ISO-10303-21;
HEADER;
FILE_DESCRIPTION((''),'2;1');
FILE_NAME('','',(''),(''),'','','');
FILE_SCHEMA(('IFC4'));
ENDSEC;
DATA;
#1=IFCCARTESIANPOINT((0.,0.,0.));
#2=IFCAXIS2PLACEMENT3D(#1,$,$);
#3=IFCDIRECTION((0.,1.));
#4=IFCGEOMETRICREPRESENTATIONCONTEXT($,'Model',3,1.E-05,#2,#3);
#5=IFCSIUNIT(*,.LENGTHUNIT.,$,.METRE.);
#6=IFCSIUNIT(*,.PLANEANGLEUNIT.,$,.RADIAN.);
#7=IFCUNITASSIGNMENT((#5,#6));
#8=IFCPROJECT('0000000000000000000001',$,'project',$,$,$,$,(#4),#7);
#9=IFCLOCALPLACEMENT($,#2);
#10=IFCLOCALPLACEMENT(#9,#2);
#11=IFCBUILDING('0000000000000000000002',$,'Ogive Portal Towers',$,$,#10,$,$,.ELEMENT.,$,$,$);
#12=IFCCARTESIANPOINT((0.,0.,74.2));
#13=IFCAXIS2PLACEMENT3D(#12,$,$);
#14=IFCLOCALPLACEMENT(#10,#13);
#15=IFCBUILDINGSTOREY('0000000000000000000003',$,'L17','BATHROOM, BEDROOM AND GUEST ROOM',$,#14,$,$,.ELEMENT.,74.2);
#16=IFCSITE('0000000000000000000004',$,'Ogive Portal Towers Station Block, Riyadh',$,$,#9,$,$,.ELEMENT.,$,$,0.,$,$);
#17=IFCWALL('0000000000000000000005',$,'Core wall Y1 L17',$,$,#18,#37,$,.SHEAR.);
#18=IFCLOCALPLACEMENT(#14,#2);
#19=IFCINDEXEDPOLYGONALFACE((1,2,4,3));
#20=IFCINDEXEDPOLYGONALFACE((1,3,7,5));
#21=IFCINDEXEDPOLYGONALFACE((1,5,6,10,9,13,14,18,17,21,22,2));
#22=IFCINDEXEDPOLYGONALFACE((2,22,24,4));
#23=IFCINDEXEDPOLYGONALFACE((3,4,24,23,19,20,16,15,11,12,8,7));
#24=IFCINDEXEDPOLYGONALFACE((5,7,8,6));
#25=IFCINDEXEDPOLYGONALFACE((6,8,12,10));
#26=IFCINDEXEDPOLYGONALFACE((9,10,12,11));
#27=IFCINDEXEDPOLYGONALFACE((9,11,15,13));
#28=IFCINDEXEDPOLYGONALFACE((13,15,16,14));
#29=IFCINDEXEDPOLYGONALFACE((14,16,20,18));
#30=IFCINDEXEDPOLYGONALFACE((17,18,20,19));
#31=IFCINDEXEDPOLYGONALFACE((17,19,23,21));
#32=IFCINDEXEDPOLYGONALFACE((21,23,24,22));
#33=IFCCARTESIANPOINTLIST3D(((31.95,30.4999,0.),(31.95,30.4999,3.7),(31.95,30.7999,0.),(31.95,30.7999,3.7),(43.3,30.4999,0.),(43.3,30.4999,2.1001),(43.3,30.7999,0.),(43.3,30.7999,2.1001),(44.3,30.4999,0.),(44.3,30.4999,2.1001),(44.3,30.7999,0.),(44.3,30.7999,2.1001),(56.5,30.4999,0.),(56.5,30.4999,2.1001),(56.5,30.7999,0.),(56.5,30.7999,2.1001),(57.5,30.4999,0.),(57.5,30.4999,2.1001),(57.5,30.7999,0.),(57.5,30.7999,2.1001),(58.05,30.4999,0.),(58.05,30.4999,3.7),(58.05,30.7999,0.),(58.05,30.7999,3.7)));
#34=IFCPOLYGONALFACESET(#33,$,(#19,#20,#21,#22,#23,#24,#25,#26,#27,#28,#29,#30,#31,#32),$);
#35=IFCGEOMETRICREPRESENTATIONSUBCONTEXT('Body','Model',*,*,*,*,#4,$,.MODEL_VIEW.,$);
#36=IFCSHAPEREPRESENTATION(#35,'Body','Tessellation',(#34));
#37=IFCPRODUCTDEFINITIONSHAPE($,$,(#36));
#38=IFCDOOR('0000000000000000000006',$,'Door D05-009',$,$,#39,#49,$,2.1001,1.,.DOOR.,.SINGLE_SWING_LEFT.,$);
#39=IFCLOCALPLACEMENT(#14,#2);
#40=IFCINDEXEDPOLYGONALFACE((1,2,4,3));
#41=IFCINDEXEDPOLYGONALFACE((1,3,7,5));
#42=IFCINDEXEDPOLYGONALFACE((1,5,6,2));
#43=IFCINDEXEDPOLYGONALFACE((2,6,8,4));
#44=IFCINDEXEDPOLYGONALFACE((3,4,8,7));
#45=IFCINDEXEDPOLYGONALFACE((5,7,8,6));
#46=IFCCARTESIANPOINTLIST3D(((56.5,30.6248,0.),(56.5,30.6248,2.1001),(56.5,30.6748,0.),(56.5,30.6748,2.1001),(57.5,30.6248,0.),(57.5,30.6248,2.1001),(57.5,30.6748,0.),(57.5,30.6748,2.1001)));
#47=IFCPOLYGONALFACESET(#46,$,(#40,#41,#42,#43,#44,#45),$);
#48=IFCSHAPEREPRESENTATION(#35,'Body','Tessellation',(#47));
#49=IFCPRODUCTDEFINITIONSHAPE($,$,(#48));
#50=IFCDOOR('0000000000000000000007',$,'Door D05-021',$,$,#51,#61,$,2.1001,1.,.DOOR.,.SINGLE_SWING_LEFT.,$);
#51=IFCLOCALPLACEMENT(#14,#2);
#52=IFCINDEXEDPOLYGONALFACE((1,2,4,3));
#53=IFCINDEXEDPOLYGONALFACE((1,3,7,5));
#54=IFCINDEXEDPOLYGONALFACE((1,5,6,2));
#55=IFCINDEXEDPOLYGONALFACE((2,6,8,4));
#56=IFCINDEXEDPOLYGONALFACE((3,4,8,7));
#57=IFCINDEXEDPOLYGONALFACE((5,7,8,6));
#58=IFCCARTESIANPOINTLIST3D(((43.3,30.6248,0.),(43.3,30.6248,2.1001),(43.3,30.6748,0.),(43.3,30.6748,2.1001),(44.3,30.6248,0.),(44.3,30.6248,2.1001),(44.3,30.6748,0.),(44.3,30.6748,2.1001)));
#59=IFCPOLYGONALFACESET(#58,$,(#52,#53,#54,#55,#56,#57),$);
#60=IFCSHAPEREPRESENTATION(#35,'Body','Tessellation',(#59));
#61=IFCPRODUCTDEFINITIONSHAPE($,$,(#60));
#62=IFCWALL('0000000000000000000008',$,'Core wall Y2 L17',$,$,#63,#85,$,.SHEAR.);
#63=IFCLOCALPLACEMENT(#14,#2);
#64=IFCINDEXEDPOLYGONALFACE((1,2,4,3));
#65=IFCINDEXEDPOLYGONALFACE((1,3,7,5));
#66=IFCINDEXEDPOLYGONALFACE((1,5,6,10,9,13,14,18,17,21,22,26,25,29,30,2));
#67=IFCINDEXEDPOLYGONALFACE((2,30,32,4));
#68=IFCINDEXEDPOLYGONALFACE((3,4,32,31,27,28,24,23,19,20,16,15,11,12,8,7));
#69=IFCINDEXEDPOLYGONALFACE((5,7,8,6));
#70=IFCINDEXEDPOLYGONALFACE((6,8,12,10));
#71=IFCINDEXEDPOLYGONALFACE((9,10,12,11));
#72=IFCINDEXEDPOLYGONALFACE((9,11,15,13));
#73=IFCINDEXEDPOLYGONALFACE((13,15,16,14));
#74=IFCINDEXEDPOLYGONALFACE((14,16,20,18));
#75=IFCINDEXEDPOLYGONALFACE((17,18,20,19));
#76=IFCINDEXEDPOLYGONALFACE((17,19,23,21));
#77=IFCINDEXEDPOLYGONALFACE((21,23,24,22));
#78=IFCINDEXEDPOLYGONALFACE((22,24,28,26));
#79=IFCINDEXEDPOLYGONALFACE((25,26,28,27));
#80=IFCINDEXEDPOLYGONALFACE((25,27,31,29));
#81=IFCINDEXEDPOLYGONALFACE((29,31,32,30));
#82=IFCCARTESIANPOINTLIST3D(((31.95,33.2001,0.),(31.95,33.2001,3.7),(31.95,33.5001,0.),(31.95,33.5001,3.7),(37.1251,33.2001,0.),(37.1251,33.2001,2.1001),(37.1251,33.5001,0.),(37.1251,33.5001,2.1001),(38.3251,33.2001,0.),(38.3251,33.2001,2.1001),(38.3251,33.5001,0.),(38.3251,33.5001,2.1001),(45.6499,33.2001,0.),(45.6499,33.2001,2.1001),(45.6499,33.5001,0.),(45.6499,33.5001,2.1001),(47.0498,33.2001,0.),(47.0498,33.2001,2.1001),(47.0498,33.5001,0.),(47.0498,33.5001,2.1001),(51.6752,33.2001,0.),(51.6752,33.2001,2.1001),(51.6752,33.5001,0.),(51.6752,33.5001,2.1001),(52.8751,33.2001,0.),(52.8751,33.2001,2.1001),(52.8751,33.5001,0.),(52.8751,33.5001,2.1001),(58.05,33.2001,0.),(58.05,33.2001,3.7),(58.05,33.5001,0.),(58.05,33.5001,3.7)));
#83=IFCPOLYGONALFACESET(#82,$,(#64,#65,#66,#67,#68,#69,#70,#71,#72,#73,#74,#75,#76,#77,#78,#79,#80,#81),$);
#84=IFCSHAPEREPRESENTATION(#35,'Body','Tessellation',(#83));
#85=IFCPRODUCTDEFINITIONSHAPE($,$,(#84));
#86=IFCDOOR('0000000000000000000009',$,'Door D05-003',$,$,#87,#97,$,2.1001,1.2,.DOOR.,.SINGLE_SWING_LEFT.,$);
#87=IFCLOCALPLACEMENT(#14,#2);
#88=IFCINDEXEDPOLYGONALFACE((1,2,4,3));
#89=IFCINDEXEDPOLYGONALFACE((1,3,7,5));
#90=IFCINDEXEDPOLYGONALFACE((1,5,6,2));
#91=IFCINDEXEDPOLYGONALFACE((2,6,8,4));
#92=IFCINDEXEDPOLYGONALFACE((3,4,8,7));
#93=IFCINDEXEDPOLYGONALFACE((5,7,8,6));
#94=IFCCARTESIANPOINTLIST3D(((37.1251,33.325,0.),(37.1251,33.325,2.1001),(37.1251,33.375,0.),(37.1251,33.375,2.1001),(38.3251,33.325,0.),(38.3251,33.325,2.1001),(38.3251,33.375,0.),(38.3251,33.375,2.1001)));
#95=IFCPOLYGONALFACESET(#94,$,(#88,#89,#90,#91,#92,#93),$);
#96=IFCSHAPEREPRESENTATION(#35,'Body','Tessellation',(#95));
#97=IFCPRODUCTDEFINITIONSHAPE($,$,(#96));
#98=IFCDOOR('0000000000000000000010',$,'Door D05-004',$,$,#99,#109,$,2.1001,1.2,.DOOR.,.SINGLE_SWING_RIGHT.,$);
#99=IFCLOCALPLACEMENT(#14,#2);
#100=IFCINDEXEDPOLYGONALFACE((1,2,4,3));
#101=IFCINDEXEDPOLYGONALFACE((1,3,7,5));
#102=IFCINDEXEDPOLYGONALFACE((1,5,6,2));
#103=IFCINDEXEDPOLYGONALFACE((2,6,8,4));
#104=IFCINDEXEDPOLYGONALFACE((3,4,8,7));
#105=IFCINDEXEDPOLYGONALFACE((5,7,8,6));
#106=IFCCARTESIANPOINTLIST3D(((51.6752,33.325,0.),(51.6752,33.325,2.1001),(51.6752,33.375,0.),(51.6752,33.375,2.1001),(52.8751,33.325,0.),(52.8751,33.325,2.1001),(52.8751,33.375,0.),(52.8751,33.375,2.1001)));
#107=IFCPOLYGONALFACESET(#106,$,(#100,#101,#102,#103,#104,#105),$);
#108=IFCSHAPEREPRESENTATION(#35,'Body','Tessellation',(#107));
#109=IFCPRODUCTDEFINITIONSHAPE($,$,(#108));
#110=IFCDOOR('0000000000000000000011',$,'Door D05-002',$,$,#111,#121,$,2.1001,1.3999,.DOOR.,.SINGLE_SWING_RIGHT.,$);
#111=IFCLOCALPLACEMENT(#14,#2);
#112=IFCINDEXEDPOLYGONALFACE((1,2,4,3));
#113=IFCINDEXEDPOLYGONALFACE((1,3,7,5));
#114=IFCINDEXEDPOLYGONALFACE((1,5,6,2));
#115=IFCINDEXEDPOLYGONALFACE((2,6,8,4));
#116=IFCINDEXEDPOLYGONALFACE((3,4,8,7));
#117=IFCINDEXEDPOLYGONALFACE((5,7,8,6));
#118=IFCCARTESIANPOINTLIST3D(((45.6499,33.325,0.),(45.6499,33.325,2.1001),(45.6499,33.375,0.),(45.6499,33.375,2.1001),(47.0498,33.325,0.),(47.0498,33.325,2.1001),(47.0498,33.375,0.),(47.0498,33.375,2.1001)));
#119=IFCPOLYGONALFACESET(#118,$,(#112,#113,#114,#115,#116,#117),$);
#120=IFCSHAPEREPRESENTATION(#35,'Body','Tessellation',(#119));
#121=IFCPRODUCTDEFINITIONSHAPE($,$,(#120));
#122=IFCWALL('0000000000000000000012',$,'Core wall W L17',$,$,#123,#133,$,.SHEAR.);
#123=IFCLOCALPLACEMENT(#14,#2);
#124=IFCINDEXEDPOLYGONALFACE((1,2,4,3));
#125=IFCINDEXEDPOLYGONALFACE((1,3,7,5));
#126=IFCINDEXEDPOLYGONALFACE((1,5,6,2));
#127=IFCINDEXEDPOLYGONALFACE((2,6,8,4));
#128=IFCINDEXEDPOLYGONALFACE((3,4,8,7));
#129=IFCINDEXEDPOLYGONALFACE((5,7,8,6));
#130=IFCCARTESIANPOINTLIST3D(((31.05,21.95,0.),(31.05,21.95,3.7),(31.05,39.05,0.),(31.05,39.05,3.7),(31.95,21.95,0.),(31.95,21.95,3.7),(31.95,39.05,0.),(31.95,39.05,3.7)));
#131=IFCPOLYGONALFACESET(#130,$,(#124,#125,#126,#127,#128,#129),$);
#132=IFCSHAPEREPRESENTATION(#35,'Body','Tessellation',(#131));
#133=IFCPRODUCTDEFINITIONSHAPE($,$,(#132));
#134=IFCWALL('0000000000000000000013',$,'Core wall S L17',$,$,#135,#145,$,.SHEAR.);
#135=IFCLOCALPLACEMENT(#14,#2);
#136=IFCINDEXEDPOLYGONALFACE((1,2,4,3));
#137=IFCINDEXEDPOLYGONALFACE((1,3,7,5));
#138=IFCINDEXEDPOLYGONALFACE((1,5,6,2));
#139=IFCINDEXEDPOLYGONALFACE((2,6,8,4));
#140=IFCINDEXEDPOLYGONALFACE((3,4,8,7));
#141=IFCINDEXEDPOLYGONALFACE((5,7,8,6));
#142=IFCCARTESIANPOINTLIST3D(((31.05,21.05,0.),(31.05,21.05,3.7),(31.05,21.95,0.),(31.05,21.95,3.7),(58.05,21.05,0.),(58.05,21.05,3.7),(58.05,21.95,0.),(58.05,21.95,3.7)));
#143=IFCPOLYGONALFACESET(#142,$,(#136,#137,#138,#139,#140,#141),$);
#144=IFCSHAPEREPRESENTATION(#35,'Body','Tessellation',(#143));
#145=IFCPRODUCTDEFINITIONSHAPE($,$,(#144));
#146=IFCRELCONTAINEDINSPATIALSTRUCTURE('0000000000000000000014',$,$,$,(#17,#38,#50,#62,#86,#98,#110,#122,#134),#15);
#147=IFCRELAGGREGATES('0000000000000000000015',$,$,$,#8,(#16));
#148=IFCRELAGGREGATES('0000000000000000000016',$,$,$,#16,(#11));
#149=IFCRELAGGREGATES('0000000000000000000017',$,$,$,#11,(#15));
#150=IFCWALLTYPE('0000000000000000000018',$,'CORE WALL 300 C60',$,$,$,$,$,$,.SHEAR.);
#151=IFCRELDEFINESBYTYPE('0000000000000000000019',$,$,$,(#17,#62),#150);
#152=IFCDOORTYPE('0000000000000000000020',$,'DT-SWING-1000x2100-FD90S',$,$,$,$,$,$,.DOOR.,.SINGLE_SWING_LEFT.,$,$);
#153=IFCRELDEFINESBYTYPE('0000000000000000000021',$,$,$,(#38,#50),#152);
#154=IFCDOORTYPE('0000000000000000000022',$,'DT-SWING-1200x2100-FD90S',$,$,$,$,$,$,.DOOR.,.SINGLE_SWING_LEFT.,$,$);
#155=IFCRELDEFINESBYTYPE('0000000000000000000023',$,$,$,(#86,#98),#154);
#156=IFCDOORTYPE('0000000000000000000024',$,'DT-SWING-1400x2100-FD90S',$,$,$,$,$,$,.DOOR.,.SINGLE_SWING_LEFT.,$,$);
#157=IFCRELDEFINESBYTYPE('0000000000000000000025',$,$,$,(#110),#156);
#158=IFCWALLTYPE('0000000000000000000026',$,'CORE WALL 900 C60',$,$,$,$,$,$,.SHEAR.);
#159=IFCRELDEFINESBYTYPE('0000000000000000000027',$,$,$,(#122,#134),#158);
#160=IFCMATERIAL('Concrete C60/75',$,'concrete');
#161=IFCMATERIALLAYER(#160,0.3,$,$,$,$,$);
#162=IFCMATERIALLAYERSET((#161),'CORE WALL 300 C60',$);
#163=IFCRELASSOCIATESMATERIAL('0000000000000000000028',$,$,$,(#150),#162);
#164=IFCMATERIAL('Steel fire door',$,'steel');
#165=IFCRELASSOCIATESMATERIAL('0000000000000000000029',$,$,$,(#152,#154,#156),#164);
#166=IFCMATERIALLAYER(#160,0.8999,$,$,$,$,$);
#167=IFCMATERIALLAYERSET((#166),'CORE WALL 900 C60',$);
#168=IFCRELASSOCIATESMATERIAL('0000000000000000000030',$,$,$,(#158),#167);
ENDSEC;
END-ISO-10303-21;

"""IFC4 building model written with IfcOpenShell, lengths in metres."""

from ifc_helpers import new_model, si_unit, direction, frame, frame_2d, origin, place, context, subcontext, project, spatial, rectangle, extrude, material, layer, layer_set, type_object, element, fill, save


model = new_model("IFC4")

# Units and contexts
model_context = context("Model", 3, precision=1e-05, world=origin(), true_north=direction((0.0, 1.0)))
body_context = subcontext(model_context, "Body", "Model", "MODEL_VIEW")
ifc_project = project(units=[si_unit("LENGTHUNIT", "METRE"), si_unit("PLANEANGLEUNIT", "RADIAN")], contexts=[model_context])

# Site, building, storey
site_placement = place(None, origin())
site = spatial("IfcSite", under=ifc_project, at=site_placement, Name="Ogive Portal Towers Station Block, Riyadh", CompositionType="ELEMENT", RefElevation=0.0)
building_placement = place(site_placement, origin())
building = spatial("IfcBuilding", under=site, at=building_placement, Name="Ogive Portal Towers", CompositionType="ELEMENT")
storey_placement = place(building_placement, frame((0.0, 0.0, 74.2)))
storey = spatial("IfcBuildingStorey", under=building, at=storey_placement, Name="L17", Description="BATHROOM, BEDROOM AND GUEST ROOM", CompositionType="ELEMENT", Elevation=74.2)

# Walls, openings, doors
ifc_material_1 = material(Name="Concrete C60/75", Category="concrete")
ifc_layer_1 = layer(ifc_material_1, 0.3)
ifc_layer_set_1 = layer_set([ifc_layer_1], Name="CORE WALL 300 C60")
wall_type_1 = type_object("IfcWallType", Name="CORE WALL 300 C60", PredefinedType="SHEAR", material=ifc_layer_set_1)
wall_1_placement = place(storey_placement, frame((31.95, 30.6499, 0.0), z_axis=(0.0, 0.0, 1.0), x_axis=(1.0, 0.0, 0.0)))
wall_1 = element("IfcWall", 1, at=wall_1_placement, inside=storey, type_object=wall_type_1, Name="Core wall Y1 L17", PredefinedType="SHEAR", context=body_context, shape_type="SweptSolid", body=[
    extrude(rectangle(XDim=26.1001, YDim=0.3, at=frame_2d((13.05, 0.0))), origin(), (0.0, 0.0, 1.0), 3.7),
])
opening_1_placement = place(wall_1_placement, frame((24.55, 0.0, 0.0)))
opening_1 = element("IfcOpeningElement", 2, at=opening_1_placement, cuts=wall_1, PredefinedType="OPENING", context=body_context, shape_type="SweptSolid", body=[
    extrude(rectangle(XDim=1.0, YDim=2.1001, at=frame_2d((0.5, 1.05))), frame((0.0, 0.1602, 0.0), z_axis=(0.0, -1.0, 0.0), x_axis=(1.0, 0.0, 0.0)), (0.0, 0.0, 1.0), 0.3201),
])
opening_2_placement = place(wall_1_placement, frame((11.3501, 0.0, 0.0)))
opening_2 = element("IfcOpeningElement", 3, at=opening_2_placement, cuts=wall_1, PredefinedType="OPENING", context=body_context, shape_type="SweptSolid", body=[
    extrude(rectangle(XDim=1.0, YDim=2.1001, at=frame_2d((0.5, 1.05))), frame((0.0, 0.1602, 0.0), z_axis=(0.0, -1.0, 0.0), x_axis=(1.0, 0.0, 0.0)), (0.0, 0.0, 1.0), 0.3201),
])
ifc_material_2 = material(Name="Steel fire door", Category="steel")
door_type_1 = type_object("IfcDoorType", Name="DT-SWING-1000x2100-FD90S", OperationType="SINGLE_SWING_LEFT", PredefinedType="DOOR", material=ifc_material_2)
door_1_placement = place(opening_1_placement, origin())
door_1 = element("IfcDoor", 4, at=door_1_placement, inside=storey, type_object=door_type_1, Name="Door D05-009", OperationType="SINGLE_SWING_LEFT", OverallHeight=2.1001, OverallWidth=1.0, PredefinedType="DOOR", context=body_context, shape_type="SweptSolid", body=[
    extrude(rectangle(XDim=1.0, YDim=2.1001, at=frame_2d((0.5, 1.05))), frame((0.0, 0.0249, 0.0), z_axis=(0.0, -1.0, 0.0), x_axis=(1.0, 0.0, 0.0)), (0.0, 0.0, 1.0), 0.05),
])
fill(opening_1, door_1)
door_2_placement = place(opening_2_placement, origin())
door_2 = element("IfcDoor", 5, at=door_2_placement, inside=storey, type_object=door_type_1, Name="Door D05-021", OperationType="SINGLE_SWING_LEFT", OverallHeight=2.1001, OverallWidth=1.0, PredefinedType="DOOR", context=body_context, shape_type="SweptSolid", body=[
    extrude(rectangle(XDim=1.0, YDim=2.1001, at=frame_2d((0.5, 1.05))), frame((0.0, 0.0249, 0.0), z_axis=(0.0, -1.0, 0.0), x_axis=(1.0, 0.0, 0.0)), (0.0, 0.0, 1.0), 0.05),
])
fill(opening_2, door_2)
wall_2_placement = place(storey_placement, frame((31.95, 33.3501, 0.0), z_axis=(0.0, 0.0, 1.0), x_axis=(1.0, 0.0, 0.0)))
wall_2 = element("IfcWall", 6, at=wall_2_placement, inside=storey, type_object=wall_type_1, Name="Core wall Y2 L17", PredefinedType="SHEAR", context=body_context, shape_type="SweptSolid", body=[
    extrude(rectangle(XDim=26.1001, YDim=0.3, at=frame_2d((13.05, 0.0))), origin(), (0.0, 0.0, 1.0), 3.7),
])
opening_3_placement = place(wall_2_placement, frame((13.7, 0.0, 0.0)))
opening_3 = element("IfcOpeningElement", 7, at=opening_3_placement, cuts=wall_2, PredefinedType="OPENING", context=body_context, shape_type="SweptSolid", body=[
    extrude(rectangle(XDim=1.3999, YDim=2.1001, at=frame_2d((0.7, 1.05))), frame((0.0, 0.1602, 0.0), z_axis=(0.0, -1.0, 0.0), x_axis=(1.0, 0.0, 0.0)), (0.0, 0.0, 1.0), 0.3201),
])
opening_4_placement = place(wall_2_placement, frame((5.175, 0.0, 0.0)))
opening_4 = element("IfcOpeningElement", 8, at=opening_4_placement, cuts=wall_2, PredefinedType="OPENING", context=body_context, shape_type="SweptSolid", body=[
    extrude(rectangle(XDim=1.2, YDim=2.1001, at=frame_2d((0.6001, 1.05))), frame((0.0, 0.1602, 0.0), z_axis=(0.0, -1.0, 0.0), x_axis=(1.0, 0.0, 0.0)), (0.0, 0.0, 1.0), 0.3201),
])
opening_5_placement = place(wall_2_placement, frame((19.7251, 0.0, 0.0)))
opening_5 = element("IfcOpeningElement", 9, at=opening_5_placement, cuts=wall_2, PredefinedType="OPENING", context=body_context, shape_type="SweptSolid", body=[
    extrude(rectangle(XDim=1.2, YDim=2.1001, at=frame_2d((0.6001, 1.05))), frame((0.0, 0.1602, 0.0), z_axis=(0.0, -1.0, 0.0), x_axis=(1.0, 0.0, 0.0)), (0.0, 0.0, 1.0), 0.3201),
])
door_type_2 = type_object("IfcDoorType", Name="DT-SWING-1200x2100-FD90S", OperationType="SINGLE_SWING_LEFT", PredefinedType="DOOR", material=ifc_material_2)
door_3_placement = place(opening_4_placement, origin())
door_3 = element("IfcDoor", 10, at=door_3_placement, inside=storey, type_object=door_type_2, Name="Door D05-003", OperationType="SINGLE_SWING_LEFT", OverallHeight=2.1001, OverallWidth=1.2, PredefinedType="DOOR", context=body_context, shape_type="SweptSolid", body=[
    extrude(rectangle(XDim=1.2, YDim=2.1001, at=frame_2d((0.6001, 1.05))), frame((0.0, 0.0249, 0.0), z_axis=(0.0, -1.0, 0.0), x_axis=(1.0, 0.0, 0.0)), (0.0, 0.0, 1.0), 0.05),
])
fill(opening_4, door_3)
door_4_placement = place(opening_5_placement, origin())
door_4 = element("IfcDoor", 11, at=door_4_placement, inside=storey, type_object=door_type_2, Name="Door D05-004", OperationType="SINGLE_SWING_RIGHT", OverallHeight=2.1001, OverallWidth=1.2, PredefinedType="DOOR", context=body_context, shape_type="SweptSolid", body=[
    extrude(rectangle(XDim=1.2, YDim=2.1001, at=frame_2d((0.6001, 1.05))), frame((0.0, 0.0249, 0.0), z_axis=(0.0, -1.0, 0.0), x_axis=(1.0, 0.0, 0.0)), (0.0, 0.0, 1.0), 0.05),
])
fill(opening_5, door_4)
door_type_3 = type_object("IfcDoorType", Name="DT-SWING-1400x2100-FD90S", OperationType="SINGLE_SWING_LEFT", PredefinedType="DOOR", material=ifc_material_2)
door_5_placement = place(opening_3_placement, origin())
door_5 = element("IfcDoor", 12, at=door_5_placement, inside=storey, type_object=door_type_3, Name="Door D05-002", OperationType="SINGLE_SWING_RIGHT", OverallHeight=2.1001, OverallWidth=1.3999, PredefinedType="DOOR", context=body_context, shape_type="SweptSolid", body=[
    extrude(rectangle(XDim=1.3999, YDim=2.1001, at=frame_2d((0.7, 1.05))), frame((0.0, 0.0249, 0.0), z_axis=(0.0, -1.0, 0.0), x_axis=(1.0, 0.0, 0.0)), (0.0, 0.0, 1.0), 0.05),
])
fill(opening_3, door_5)

# Walls
ifc_layer_2 = layer(ifc_material_1, 0.8999)
ifc_layer_set_2 = layer_set([ifc_layer_2], Name="CORE WALL 900 C60")
wall_type_2 = type_object("IfcWallType", Name="CORE WALL 900 C60", PredefinedType="SHEAR", material=ifc_layer_set_2)
wall_3_placement = place(storey_placement, frame((31.5, 21.95, 0.0), z_axis=(0.0, 0.0, 1.0), x_axis=(0.0, 1.0, 0.0)))
element("IfcWall", 13, at=wall_3_placement, inside=storey, type_object=wall_type_2, Name="Core wall W L17", PredefinedType="SHEAR", context=body_context, shape_type="SweptSolid", body=[
    extrude(rectangle(XDim=17.1001, YDim=0.8999, at=frame_2d((8.55, 0.0))), origin(), (0.0, 0.0, 1.0), 3.7),
])
wall_4_placement = place(storey_placement, frame((31.05, 21.5, 0.0), z_axis=(0.0, 0.0, 1.0), x_axis=(1.0, 0.0, 0.0)))
element("IfcWall", 14, at=wall_4_placement, inside=storey, type_object=wall_type_2, Name="Core wall S L17", PredefinedType="SHEAR", context=body_context, shape_type="SweptSolid", body=[
    extrude(rectangle(XDim=27.0, YDim=0.8999, at=frame_2d((13.5, 0.0))), origin(), (0.0, 0.0, 1.0), 3.7),
])

save(model, "model.ifc")
